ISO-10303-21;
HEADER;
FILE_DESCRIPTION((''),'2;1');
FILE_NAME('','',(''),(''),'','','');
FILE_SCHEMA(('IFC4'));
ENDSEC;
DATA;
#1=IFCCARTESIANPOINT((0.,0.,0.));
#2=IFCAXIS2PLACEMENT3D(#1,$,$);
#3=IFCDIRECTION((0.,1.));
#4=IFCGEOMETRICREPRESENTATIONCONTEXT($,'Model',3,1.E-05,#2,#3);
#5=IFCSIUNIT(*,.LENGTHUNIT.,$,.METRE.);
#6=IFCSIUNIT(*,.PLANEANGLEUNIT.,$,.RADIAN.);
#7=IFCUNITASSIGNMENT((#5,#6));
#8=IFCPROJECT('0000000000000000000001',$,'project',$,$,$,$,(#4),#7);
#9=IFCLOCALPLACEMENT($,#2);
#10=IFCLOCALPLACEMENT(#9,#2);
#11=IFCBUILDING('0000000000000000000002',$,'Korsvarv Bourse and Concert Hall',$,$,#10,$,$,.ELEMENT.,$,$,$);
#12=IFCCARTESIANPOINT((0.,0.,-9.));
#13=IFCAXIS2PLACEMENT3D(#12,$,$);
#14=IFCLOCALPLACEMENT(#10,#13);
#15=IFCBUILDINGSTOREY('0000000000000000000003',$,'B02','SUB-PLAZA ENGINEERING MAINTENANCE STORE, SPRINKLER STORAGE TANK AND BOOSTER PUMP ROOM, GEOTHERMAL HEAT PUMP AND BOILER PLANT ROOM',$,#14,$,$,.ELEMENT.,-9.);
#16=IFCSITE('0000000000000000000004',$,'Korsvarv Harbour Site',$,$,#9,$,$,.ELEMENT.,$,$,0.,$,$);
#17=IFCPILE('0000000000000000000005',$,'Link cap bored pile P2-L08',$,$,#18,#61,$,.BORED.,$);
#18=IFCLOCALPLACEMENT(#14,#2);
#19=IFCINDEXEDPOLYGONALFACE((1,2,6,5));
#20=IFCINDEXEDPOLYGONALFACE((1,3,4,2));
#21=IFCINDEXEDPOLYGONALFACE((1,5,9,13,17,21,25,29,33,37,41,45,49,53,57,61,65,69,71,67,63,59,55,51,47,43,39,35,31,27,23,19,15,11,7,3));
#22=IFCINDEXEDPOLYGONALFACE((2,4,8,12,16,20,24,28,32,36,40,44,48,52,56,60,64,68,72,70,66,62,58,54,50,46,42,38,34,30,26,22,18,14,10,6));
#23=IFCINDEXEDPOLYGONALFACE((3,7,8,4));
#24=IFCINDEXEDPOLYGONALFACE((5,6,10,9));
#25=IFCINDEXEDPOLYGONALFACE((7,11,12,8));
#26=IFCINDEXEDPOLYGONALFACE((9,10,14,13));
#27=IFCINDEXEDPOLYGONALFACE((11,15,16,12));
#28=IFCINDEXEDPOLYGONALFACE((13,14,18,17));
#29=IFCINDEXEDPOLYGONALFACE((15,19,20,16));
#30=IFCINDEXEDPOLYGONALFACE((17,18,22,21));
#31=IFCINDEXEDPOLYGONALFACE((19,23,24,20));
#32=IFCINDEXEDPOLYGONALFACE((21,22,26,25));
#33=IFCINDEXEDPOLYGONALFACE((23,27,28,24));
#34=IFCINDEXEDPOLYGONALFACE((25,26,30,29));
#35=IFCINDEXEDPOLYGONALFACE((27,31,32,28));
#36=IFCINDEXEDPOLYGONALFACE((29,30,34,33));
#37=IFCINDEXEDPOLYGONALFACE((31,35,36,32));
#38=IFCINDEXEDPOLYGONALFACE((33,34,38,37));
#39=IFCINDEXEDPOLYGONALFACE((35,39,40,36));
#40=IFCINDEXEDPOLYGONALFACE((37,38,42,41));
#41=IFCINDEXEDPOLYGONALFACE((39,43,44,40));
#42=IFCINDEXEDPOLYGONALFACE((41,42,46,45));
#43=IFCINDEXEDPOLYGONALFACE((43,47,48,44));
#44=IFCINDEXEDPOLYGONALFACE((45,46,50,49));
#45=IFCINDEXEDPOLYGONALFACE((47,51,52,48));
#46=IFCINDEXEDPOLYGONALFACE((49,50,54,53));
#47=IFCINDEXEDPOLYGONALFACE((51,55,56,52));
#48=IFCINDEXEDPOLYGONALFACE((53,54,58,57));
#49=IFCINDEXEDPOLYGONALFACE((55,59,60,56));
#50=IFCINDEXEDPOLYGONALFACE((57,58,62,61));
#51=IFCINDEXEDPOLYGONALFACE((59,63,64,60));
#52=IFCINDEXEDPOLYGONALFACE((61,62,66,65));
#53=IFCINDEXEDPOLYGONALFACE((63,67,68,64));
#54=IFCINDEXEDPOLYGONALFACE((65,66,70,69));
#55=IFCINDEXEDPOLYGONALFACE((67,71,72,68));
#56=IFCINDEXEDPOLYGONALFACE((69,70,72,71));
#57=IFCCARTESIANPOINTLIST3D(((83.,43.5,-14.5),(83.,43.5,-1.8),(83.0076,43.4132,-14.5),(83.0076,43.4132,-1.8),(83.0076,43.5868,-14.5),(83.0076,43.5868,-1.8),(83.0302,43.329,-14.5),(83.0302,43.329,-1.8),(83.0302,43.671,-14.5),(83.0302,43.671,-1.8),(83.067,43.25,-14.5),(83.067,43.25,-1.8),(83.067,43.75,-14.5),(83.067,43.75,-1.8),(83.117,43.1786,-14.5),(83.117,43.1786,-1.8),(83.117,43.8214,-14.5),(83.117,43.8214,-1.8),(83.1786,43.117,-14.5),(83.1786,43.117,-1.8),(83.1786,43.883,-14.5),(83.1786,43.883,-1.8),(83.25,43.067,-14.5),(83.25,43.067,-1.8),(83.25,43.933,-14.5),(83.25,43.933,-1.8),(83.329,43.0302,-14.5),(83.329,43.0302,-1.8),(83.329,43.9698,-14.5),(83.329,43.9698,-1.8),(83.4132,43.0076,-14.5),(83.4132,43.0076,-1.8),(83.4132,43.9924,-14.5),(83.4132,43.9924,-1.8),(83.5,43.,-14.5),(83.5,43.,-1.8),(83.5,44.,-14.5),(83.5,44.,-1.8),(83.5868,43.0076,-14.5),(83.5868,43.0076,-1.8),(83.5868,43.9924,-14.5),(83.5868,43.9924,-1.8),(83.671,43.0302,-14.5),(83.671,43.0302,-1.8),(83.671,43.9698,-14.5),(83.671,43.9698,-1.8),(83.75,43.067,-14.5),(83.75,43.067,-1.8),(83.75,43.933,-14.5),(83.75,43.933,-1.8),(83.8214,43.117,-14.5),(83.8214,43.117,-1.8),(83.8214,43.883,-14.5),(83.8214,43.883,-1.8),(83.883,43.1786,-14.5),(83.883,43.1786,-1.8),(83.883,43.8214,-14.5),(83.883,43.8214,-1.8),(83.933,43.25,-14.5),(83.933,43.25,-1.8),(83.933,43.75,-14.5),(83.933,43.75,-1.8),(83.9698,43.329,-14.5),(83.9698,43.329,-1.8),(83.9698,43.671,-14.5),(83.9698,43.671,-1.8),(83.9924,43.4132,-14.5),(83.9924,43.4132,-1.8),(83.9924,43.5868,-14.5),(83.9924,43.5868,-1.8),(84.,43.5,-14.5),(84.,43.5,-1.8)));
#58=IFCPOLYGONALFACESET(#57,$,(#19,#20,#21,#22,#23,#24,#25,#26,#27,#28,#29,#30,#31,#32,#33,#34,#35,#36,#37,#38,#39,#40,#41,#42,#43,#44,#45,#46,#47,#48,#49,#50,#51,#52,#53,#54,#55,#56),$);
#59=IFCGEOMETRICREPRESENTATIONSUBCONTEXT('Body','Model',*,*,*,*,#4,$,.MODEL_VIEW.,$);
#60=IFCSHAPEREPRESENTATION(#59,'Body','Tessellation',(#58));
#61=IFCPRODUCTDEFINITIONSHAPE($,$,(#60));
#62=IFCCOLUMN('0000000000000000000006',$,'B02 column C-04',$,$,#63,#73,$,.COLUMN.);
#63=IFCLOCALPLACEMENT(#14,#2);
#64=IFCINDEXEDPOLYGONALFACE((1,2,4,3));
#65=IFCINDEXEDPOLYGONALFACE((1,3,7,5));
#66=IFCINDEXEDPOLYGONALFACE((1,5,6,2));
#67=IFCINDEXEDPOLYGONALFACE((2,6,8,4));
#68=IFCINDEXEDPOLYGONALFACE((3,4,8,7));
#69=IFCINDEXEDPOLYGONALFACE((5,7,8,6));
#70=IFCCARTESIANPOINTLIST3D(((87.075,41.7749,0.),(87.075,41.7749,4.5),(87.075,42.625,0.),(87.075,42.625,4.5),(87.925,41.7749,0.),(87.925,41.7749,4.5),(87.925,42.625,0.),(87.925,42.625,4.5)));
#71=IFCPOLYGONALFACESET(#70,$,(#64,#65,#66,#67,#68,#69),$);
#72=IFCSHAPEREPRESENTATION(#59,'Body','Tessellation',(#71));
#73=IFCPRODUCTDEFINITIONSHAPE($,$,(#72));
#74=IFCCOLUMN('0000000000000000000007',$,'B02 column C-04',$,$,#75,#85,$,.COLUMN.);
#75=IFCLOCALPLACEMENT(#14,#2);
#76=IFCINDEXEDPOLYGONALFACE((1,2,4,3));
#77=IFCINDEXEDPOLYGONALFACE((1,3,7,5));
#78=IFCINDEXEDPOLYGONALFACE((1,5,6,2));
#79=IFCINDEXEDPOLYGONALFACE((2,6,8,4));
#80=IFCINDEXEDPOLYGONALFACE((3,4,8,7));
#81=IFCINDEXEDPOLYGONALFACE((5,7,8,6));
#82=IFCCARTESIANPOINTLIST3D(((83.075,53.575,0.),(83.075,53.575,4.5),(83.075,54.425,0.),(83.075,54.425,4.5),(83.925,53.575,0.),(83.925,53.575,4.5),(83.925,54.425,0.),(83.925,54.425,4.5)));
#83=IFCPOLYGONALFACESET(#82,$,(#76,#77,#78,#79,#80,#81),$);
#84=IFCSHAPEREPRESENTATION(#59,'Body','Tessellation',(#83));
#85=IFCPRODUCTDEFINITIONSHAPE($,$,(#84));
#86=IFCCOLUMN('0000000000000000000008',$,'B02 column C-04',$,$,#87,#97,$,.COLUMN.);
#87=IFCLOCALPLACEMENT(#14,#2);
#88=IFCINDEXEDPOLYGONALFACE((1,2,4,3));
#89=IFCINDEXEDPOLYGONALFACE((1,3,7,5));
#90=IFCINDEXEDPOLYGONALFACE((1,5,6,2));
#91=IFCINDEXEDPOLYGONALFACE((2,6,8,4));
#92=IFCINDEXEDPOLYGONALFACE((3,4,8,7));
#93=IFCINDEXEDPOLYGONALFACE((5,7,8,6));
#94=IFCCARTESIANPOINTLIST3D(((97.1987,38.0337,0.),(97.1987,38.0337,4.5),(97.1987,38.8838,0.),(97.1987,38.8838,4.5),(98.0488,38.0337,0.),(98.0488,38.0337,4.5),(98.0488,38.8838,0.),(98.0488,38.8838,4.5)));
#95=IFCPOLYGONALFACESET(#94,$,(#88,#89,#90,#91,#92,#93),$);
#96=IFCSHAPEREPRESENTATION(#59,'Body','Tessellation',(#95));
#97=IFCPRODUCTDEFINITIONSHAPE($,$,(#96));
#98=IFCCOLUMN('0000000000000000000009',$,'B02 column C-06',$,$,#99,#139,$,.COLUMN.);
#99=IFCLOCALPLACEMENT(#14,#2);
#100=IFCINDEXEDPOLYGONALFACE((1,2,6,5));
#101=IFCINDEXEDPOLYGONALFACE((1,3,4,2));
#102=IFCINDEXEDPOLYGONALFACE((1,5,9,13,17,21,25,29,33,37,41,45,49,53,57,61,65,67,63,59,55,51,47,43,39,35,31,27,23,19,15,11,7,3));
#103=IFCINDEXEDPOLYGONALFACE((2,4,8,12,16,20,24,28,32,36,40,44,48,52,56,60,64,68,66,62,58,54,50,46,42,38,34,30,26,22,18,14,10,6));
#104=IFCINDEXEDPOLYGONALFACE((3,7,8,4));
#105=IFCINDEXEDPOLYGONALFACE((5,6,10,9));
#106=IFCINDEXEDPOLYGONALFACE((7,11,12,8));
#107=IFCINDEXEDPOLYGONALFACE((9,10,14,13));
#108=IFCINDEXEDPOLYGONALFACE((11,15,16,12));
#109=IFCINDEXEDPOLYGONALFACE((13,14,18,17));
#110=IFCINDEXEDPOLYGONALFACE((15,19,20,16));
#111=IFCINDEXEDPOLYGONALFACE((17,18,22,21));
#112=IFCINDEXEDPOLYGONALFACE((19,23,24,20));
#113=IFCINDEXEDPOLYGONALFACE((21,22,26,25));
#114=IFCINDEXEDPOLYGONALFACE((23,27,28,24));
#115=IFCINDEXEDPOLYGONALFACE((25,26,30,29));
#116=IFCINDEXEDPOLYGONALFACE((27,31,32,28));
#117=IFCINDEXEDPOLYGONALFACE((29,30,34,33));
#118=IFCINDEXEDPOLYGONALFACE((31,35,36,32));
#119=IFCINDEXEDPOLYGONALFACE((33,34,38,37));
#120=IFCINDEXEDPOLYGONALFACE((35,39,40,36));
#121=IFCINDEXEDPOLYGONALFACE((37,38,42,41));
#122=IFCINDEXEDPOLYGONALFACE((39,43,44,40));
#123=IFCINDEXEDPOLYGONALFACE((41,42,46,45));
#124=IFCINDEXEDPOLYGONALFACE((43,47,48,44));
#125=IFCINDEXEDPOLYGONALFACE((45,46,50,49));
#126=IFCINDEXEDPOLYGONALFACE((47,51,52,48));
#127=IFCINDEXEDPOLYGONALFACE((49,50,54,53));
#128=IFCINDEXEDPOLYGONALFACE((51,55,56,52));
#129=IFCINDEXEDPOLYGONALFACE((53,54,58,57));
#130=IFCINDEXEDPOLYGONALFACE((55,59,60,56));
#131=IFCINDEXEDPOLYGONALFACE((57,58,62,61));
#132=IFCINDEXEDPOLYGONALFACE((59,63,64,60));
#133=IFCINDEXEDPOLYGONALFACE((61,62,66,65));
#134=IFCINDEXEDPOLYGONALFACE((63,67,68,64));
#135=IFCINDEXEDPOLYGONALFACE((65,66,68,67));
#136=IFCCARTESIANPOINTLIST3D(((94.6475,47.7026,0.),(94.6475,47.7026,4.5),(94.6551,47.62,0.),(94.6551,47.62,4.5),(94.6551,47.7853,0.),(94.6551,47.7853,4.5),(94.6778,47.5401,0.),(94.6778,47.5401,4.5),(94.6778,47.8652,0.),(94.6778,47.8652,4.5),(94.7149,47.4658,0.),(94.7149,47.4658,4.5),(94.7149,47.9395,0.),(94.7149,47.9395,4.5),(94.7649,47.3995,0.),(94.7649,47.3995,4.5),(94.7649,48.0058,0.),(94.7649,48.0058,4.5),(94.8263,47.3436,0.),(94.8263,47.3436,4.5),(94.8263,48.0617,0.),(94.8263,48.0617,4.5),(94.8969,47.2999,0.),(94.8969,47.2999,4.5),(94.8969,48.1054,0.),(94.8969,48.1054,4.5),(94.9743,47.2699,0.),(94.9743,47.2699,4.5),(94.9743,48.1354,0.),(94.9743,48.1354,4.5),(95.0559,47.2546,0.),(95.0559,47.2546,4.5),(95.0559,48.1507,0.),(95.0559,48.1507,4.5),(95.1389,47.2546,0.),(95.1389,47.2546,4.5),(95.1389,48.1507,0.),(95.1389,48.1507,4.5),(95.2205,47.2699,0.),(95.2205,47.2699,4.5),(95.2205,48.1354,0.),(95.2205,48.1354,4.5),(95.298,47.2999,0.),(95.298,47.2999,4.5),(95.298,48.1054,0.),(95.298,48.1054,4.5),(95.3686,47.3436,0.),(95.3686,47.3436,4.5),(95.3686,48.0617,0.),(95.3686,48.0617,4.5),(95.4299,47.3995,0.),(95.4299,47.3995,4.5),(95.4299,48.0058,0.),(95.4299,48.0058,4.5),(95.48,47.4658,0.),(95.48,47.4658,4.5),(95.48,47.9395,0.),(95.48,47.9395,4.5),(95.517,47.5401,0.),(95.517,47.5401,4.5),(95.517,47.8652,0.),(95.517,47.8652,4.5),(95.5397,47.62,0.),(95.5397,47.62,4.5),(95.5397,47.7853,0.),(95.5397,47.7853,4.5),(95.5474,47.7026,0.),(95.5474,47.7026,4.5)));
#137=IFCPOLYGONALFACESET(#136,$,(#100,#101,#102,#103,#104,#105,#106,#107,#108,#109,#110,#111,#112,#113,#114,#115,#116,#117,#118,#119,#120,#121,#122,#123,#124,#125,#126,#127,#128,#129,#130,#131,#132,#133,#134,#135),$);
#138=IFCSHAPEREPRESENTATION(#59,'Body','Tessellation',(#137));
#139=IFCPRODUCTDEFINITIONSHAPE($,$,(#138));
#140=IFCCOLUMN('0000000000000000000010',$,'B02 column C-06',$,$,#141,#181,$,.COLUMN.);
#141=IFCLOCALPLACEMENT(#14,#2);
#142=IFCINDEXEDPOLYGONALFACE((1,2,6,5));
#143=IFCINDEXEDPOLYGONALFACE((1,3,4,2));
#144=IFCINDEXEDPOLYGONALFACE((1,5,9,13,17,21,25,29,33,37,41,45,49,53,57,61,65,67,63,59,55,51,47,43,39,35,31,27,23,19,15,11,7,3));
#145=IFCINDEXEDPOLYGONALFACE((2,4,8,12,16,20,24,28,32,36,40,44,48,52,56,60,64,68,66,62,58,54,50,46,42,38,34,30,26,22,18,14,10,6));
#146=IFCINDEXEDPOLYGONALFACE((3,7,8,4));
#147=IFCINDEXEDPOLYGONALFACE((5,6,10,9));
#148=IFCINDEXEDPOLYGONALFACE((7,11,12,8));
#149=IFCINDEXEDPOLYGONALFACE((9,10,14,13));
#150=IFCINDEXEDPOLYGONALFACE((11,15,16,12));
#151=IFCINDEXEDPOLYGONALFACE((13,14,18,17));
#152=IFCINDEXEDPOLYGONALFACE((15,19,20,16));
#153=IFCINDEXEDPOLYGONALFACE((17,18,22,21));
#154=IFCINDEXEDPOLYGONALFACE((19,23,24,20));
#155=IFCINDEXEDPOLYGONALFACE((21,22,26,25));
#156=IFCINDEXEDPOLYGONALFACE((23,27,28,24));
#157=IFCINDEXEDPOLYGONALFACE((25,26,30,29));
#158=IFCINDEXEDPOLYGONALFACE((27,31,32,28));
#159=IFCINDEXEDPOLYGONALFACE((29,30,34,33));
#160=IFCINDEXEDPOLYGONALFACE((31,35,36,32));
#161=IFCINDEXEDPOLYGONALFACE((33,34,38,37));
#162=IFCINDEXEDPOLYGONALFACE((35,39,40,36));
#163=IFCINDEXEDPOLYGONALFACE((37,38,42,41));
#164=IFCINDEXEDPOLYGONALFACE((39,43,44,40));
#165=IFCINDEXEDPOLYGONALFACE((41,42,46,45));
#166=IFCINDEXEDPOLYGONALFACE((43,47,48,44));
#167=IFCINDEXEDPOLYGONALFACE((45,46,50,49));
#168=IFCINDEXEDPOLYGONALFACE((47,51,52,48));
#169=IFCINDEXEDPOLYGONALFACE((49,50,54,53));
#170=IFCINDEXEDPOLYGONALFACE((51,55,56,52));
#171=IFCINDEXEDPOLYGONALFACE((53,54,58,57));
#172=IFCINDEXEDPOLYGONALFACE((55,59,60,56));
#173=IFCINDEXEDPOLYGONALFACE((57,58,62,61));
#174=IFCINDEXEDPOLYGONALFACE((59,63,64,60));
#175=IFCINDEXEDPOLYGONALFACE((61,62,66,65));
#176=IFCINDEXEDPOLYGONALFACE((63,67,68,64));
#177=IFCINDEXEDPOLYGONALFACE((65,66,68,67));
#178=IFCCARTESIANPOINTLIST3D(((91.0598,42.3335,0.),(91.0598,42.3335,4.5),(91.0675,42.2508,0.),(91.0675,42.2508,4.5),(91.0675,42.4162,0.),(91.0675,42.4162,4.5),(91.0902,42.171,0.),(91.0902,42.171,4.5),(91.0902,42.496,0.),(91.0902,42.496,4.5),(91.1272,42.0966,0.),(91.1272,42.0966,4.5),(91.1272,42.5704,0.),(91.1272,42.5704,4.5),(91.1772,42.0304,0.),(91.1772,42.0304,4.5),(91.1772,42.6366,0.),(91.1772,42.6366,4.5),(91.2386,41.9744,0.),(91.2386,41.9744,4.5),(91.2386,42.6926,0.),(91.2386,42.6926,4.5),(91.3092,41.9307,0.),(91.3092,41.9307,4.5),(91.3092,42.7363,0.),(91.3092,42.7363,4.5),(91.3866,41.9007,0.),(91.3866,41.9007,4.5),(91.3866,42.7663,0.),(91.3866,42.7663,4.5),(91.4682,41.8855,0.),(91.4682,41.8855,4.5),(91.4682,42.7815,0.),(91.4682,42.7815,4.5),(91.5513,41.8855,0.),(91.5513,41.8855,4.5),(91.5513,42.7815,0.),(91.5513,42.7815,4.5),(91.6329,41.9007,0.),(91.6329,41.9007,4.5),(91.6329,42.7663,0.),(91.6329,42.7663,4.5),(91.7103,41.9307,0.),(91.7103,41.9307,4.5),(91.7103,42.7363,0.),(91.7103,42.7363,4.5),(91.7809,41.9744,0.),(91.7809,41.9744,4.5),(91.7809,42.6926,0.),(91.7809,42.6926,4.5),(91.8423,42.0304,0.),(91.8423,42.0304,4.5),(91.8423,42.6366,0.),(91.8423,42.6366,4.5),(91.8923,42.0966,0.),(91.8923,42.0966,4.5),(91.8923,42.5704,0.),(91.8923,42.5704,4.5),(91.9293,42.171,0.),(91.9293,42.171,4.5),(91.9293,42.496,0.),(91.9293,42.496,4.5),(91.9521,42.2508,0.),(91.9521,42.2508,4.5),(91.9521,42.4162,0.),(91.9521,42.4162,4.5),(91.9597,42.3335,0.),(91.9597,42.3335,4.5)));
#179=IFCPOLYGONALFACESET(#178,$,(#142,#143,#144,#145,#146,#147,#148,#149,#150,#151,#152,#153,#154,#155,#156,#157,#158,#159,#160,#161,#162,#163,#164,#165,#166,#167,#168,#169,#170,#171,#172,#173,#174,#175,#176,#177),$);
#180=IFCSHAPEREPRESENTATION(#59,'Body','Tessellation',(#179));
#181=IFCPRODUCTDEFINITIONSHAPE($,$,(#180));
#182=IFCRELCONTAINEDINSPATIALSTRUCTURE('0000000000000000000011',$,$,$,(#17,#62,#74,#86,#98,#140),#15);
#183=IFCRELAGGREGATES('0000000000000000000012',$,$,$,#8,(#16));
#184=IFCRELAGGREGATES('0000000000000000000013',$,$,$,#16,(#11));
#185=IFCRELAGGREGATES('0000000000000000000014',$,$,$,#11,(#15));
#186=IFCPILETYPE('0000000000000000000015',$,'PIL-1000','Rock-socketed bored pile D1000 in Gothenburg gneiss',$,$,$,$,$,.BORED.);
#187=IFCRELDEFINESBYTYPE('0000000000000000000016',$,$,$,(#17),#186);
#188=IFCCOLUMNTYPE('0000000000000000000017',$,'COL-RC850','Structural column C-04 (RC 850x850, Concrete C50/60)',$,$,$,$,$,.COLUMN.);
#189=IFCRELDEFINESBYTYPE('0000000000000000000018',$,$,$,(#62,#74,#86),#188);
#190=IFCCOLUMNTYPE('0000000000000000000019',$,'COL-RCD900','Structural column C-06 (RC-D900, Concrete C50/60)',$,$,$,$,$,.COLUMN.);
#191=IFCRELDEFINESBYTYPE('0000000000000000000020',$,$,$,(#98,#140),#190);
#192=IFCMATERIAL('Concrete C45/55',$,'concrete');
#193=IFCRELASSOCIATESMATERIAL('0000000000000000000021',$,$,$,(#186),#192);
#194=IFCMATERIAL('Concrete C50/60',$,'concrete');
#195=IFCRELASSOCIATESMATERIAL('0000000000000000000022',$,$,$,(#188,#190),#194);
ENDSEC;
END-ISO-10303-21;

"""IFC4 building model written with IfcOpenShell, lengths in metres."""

from ifc_helpers import new_model, si_unit, direction, frame, origin, origin_2d, place, context, subcontext, project, spatial, rectangle, circle, extrude, source, transform, mapped, material, material_profile, profile_set, type_object, element, save


model = new_model("IFC4")

# Units and contexts
model_context = context("Model", 3, precision=1e-05, world=origin(), true_north=direction((0.0, 1.0)))
body_context = subcontext(model_context, "Body", "Model", "MODEL_VIEW")
ifc_project = project(units=[si_unit("LENGTHUNIT", "METRE"), si_unit("PLANEANGLEUNIT", "RADIAN")], contexts=[model_context])

# Site, building, storey
site_placement = place(None, origin())
site = spatial("IfcSite", under=ifc_project, at=site_placement, Name="Korsvarv Harbour Site", CompositionType="ELEMENT", RefElevation=0.0)
building_placement = place(site_placement, origin())
building = spatial("IfcBuilding", under=site, at=building_placement, Name="Korsvarv Bourse and Concert Hall", CompositionType="ELEMENT")
storey_placement = place(building_placement, frame((0.0, 0.0, -9.0)))
storey = spatial("IfcBuildingStorey", under=building, at=storey_placement, Name="B02", Description="SUB-PLAZA ENGINEERING MAINTENANCE STORE, SPRINKLER STORAGE TANK AND BOOSTER PUMP ROOM, GEOTHERMAL HEAT PUMP AND BOILER PLANT ROOM", CompositionType="ELEMENT", Elevation=-9.0)

# Shared definitions
ifc_material_1 = material(Name="Concrete C45/55", Category="concrete")

# Pile
ifc_material_profile_1 = material_profile(ifc_material_1, circle(Radius=0.5, at=origin_2d()), Name="PILE D1000")
ifc_profile_set_1 = profile_set([ifc_material_profile_1], Name="Concrete C45/55")
pile_type = type_object("IfcPileType", Name="PIL-1000", Description="Rock-socketed bored pile D1000 in Gothenburg gneiss", PredefinedType="BORED", material=ifc_profile_set_1)
shared_shape_1 = source(origin(), body_context, "Body", "SweptSolid", [
    extrude(circle(Radius=0.5, at=origin_2d()), origin(), (0.0, 0.0, 1.0), 12.7),
])
pile_placement = place(storey_placement, frame((83.5, 43.5, -1.8), z_axis=(0.0, 0.0, -1.0), x_axis=(1.0, 0.0, 0.0)))
element("IfcPile", 1, at=pile_placement, inside=storey, type_object=pile_type, Name="Link cap bored pile P2-L08", PredefinedType="BORED", context=body_context, shape_type="MappedRepresentation", body=[
    mapped(shared_shape_1, transform((0.0, 0.0, 0.0), scale=1.0)),
])

# Columns
ifc_material_2 = material(Name="Concrete C50/60", Category="concrete")
ifc_material_profile_2 = material_profile(ifc_material_2, rectangle(XDim=0.8501, YDim=0.8501, at=origin_2d()), Name="RC 850x850")
ifc_profile_set_2 = profile_set([ifc_material_profile_2], Name="Concrete C50/60")
column_type_1 = type_object("IfcColumnType", Name="COL-RC850", Description="Structural column C-04 (RC 850x850, Concrete C50/60)", PredefinedType="COLUMN", material=ifc_profile_set_2)
shared_shape_2 = source(origin(), body_context, "Body", "SweptSolid", [
    extrude(rectangle(XDim=0.8501, YDim=0.8501, at=origin_2d()), origin(), (0.0, 0.0, 1.0), 4.5),
])
for number, where, z_axis, x_axis, name in (
    (2, (87.5, 42.2, 0.0), (0.0, 0.0, 1.0), (1.0, 0.0, 0.0), "B02 column C-04"),
    (3, (83.5, 54.0, 0.0), (0.0, 0.0, 1.0), (1.0, 0.0, 0.0), "B02 column C-04"),
    (4, (97.6238, 38.4587, 0.0), (0.0, 0.0, 1.0), (1.0, 0.0, 0.0), "B02 column C-04"),
):
    element("IfcColumn", number, at=place(storey_placement, frame(where, z_axis=z_axis, x_axis=x_axis)), inside=storey, type_object=column_type_1, Name=name, PredefinedType="COLUMN", context=body_context, shape_type="MappedRepresentation", body=[
        mapped(shared_shape_2, transform((0.0, 0.0, 0.0), scale=1.0)),
    ])
ifc_material_profile_3 = material_profile(ifc_material_2, circle(Radius=0.45, at=origin_2d()), Name="RC-D900")
ifc_profile_set_3 = profile_set([ifc_material_profile_3], Name="Concrete C50/60")
column_type_2 = type_object("IfcColumnType", Name="COL-RCD900", Description="Structural column C-06 (RC-D900, Concrete C50/60)", PredefinedType="COLUMN", material=ifc_profile_set_3)
shared_shape_3 = source(origin(), body_context, "Body", "SweptSolid", [
    extrude(circle(Radius=0.45, at=origin_2d()), origin(), (0.0, 0.0, 1.0), 4.5),
])
for number, where, z_axis, x_axis, name in (
    (5, (95.0974, 47.7026, 0.0), (0.0, 0.0, 1.0), (1.0, 0.0, 0.0), "B02 column C-06"),
    (6, (91.5098, 42.3335, 0.0), (0.0, 0.0, 1.0), (1.0, 0.0, 0.0), "B02 column C-06"),
):
    element("IfcColumn", number, at=place(storey_placement, frame(where, z_axis=z_axis, x_axis=x_axis)), inside=storey, type_object=column_type_2, Name=name, PredefinedType="COLUMN", context=body_context, shape_type="MappedRepresentation", body=[
        mapped(shared_shape_3, transform((0.0, 0.0, 0.0), scale=1.0)),
    ])

save(model, "model.ifc")
